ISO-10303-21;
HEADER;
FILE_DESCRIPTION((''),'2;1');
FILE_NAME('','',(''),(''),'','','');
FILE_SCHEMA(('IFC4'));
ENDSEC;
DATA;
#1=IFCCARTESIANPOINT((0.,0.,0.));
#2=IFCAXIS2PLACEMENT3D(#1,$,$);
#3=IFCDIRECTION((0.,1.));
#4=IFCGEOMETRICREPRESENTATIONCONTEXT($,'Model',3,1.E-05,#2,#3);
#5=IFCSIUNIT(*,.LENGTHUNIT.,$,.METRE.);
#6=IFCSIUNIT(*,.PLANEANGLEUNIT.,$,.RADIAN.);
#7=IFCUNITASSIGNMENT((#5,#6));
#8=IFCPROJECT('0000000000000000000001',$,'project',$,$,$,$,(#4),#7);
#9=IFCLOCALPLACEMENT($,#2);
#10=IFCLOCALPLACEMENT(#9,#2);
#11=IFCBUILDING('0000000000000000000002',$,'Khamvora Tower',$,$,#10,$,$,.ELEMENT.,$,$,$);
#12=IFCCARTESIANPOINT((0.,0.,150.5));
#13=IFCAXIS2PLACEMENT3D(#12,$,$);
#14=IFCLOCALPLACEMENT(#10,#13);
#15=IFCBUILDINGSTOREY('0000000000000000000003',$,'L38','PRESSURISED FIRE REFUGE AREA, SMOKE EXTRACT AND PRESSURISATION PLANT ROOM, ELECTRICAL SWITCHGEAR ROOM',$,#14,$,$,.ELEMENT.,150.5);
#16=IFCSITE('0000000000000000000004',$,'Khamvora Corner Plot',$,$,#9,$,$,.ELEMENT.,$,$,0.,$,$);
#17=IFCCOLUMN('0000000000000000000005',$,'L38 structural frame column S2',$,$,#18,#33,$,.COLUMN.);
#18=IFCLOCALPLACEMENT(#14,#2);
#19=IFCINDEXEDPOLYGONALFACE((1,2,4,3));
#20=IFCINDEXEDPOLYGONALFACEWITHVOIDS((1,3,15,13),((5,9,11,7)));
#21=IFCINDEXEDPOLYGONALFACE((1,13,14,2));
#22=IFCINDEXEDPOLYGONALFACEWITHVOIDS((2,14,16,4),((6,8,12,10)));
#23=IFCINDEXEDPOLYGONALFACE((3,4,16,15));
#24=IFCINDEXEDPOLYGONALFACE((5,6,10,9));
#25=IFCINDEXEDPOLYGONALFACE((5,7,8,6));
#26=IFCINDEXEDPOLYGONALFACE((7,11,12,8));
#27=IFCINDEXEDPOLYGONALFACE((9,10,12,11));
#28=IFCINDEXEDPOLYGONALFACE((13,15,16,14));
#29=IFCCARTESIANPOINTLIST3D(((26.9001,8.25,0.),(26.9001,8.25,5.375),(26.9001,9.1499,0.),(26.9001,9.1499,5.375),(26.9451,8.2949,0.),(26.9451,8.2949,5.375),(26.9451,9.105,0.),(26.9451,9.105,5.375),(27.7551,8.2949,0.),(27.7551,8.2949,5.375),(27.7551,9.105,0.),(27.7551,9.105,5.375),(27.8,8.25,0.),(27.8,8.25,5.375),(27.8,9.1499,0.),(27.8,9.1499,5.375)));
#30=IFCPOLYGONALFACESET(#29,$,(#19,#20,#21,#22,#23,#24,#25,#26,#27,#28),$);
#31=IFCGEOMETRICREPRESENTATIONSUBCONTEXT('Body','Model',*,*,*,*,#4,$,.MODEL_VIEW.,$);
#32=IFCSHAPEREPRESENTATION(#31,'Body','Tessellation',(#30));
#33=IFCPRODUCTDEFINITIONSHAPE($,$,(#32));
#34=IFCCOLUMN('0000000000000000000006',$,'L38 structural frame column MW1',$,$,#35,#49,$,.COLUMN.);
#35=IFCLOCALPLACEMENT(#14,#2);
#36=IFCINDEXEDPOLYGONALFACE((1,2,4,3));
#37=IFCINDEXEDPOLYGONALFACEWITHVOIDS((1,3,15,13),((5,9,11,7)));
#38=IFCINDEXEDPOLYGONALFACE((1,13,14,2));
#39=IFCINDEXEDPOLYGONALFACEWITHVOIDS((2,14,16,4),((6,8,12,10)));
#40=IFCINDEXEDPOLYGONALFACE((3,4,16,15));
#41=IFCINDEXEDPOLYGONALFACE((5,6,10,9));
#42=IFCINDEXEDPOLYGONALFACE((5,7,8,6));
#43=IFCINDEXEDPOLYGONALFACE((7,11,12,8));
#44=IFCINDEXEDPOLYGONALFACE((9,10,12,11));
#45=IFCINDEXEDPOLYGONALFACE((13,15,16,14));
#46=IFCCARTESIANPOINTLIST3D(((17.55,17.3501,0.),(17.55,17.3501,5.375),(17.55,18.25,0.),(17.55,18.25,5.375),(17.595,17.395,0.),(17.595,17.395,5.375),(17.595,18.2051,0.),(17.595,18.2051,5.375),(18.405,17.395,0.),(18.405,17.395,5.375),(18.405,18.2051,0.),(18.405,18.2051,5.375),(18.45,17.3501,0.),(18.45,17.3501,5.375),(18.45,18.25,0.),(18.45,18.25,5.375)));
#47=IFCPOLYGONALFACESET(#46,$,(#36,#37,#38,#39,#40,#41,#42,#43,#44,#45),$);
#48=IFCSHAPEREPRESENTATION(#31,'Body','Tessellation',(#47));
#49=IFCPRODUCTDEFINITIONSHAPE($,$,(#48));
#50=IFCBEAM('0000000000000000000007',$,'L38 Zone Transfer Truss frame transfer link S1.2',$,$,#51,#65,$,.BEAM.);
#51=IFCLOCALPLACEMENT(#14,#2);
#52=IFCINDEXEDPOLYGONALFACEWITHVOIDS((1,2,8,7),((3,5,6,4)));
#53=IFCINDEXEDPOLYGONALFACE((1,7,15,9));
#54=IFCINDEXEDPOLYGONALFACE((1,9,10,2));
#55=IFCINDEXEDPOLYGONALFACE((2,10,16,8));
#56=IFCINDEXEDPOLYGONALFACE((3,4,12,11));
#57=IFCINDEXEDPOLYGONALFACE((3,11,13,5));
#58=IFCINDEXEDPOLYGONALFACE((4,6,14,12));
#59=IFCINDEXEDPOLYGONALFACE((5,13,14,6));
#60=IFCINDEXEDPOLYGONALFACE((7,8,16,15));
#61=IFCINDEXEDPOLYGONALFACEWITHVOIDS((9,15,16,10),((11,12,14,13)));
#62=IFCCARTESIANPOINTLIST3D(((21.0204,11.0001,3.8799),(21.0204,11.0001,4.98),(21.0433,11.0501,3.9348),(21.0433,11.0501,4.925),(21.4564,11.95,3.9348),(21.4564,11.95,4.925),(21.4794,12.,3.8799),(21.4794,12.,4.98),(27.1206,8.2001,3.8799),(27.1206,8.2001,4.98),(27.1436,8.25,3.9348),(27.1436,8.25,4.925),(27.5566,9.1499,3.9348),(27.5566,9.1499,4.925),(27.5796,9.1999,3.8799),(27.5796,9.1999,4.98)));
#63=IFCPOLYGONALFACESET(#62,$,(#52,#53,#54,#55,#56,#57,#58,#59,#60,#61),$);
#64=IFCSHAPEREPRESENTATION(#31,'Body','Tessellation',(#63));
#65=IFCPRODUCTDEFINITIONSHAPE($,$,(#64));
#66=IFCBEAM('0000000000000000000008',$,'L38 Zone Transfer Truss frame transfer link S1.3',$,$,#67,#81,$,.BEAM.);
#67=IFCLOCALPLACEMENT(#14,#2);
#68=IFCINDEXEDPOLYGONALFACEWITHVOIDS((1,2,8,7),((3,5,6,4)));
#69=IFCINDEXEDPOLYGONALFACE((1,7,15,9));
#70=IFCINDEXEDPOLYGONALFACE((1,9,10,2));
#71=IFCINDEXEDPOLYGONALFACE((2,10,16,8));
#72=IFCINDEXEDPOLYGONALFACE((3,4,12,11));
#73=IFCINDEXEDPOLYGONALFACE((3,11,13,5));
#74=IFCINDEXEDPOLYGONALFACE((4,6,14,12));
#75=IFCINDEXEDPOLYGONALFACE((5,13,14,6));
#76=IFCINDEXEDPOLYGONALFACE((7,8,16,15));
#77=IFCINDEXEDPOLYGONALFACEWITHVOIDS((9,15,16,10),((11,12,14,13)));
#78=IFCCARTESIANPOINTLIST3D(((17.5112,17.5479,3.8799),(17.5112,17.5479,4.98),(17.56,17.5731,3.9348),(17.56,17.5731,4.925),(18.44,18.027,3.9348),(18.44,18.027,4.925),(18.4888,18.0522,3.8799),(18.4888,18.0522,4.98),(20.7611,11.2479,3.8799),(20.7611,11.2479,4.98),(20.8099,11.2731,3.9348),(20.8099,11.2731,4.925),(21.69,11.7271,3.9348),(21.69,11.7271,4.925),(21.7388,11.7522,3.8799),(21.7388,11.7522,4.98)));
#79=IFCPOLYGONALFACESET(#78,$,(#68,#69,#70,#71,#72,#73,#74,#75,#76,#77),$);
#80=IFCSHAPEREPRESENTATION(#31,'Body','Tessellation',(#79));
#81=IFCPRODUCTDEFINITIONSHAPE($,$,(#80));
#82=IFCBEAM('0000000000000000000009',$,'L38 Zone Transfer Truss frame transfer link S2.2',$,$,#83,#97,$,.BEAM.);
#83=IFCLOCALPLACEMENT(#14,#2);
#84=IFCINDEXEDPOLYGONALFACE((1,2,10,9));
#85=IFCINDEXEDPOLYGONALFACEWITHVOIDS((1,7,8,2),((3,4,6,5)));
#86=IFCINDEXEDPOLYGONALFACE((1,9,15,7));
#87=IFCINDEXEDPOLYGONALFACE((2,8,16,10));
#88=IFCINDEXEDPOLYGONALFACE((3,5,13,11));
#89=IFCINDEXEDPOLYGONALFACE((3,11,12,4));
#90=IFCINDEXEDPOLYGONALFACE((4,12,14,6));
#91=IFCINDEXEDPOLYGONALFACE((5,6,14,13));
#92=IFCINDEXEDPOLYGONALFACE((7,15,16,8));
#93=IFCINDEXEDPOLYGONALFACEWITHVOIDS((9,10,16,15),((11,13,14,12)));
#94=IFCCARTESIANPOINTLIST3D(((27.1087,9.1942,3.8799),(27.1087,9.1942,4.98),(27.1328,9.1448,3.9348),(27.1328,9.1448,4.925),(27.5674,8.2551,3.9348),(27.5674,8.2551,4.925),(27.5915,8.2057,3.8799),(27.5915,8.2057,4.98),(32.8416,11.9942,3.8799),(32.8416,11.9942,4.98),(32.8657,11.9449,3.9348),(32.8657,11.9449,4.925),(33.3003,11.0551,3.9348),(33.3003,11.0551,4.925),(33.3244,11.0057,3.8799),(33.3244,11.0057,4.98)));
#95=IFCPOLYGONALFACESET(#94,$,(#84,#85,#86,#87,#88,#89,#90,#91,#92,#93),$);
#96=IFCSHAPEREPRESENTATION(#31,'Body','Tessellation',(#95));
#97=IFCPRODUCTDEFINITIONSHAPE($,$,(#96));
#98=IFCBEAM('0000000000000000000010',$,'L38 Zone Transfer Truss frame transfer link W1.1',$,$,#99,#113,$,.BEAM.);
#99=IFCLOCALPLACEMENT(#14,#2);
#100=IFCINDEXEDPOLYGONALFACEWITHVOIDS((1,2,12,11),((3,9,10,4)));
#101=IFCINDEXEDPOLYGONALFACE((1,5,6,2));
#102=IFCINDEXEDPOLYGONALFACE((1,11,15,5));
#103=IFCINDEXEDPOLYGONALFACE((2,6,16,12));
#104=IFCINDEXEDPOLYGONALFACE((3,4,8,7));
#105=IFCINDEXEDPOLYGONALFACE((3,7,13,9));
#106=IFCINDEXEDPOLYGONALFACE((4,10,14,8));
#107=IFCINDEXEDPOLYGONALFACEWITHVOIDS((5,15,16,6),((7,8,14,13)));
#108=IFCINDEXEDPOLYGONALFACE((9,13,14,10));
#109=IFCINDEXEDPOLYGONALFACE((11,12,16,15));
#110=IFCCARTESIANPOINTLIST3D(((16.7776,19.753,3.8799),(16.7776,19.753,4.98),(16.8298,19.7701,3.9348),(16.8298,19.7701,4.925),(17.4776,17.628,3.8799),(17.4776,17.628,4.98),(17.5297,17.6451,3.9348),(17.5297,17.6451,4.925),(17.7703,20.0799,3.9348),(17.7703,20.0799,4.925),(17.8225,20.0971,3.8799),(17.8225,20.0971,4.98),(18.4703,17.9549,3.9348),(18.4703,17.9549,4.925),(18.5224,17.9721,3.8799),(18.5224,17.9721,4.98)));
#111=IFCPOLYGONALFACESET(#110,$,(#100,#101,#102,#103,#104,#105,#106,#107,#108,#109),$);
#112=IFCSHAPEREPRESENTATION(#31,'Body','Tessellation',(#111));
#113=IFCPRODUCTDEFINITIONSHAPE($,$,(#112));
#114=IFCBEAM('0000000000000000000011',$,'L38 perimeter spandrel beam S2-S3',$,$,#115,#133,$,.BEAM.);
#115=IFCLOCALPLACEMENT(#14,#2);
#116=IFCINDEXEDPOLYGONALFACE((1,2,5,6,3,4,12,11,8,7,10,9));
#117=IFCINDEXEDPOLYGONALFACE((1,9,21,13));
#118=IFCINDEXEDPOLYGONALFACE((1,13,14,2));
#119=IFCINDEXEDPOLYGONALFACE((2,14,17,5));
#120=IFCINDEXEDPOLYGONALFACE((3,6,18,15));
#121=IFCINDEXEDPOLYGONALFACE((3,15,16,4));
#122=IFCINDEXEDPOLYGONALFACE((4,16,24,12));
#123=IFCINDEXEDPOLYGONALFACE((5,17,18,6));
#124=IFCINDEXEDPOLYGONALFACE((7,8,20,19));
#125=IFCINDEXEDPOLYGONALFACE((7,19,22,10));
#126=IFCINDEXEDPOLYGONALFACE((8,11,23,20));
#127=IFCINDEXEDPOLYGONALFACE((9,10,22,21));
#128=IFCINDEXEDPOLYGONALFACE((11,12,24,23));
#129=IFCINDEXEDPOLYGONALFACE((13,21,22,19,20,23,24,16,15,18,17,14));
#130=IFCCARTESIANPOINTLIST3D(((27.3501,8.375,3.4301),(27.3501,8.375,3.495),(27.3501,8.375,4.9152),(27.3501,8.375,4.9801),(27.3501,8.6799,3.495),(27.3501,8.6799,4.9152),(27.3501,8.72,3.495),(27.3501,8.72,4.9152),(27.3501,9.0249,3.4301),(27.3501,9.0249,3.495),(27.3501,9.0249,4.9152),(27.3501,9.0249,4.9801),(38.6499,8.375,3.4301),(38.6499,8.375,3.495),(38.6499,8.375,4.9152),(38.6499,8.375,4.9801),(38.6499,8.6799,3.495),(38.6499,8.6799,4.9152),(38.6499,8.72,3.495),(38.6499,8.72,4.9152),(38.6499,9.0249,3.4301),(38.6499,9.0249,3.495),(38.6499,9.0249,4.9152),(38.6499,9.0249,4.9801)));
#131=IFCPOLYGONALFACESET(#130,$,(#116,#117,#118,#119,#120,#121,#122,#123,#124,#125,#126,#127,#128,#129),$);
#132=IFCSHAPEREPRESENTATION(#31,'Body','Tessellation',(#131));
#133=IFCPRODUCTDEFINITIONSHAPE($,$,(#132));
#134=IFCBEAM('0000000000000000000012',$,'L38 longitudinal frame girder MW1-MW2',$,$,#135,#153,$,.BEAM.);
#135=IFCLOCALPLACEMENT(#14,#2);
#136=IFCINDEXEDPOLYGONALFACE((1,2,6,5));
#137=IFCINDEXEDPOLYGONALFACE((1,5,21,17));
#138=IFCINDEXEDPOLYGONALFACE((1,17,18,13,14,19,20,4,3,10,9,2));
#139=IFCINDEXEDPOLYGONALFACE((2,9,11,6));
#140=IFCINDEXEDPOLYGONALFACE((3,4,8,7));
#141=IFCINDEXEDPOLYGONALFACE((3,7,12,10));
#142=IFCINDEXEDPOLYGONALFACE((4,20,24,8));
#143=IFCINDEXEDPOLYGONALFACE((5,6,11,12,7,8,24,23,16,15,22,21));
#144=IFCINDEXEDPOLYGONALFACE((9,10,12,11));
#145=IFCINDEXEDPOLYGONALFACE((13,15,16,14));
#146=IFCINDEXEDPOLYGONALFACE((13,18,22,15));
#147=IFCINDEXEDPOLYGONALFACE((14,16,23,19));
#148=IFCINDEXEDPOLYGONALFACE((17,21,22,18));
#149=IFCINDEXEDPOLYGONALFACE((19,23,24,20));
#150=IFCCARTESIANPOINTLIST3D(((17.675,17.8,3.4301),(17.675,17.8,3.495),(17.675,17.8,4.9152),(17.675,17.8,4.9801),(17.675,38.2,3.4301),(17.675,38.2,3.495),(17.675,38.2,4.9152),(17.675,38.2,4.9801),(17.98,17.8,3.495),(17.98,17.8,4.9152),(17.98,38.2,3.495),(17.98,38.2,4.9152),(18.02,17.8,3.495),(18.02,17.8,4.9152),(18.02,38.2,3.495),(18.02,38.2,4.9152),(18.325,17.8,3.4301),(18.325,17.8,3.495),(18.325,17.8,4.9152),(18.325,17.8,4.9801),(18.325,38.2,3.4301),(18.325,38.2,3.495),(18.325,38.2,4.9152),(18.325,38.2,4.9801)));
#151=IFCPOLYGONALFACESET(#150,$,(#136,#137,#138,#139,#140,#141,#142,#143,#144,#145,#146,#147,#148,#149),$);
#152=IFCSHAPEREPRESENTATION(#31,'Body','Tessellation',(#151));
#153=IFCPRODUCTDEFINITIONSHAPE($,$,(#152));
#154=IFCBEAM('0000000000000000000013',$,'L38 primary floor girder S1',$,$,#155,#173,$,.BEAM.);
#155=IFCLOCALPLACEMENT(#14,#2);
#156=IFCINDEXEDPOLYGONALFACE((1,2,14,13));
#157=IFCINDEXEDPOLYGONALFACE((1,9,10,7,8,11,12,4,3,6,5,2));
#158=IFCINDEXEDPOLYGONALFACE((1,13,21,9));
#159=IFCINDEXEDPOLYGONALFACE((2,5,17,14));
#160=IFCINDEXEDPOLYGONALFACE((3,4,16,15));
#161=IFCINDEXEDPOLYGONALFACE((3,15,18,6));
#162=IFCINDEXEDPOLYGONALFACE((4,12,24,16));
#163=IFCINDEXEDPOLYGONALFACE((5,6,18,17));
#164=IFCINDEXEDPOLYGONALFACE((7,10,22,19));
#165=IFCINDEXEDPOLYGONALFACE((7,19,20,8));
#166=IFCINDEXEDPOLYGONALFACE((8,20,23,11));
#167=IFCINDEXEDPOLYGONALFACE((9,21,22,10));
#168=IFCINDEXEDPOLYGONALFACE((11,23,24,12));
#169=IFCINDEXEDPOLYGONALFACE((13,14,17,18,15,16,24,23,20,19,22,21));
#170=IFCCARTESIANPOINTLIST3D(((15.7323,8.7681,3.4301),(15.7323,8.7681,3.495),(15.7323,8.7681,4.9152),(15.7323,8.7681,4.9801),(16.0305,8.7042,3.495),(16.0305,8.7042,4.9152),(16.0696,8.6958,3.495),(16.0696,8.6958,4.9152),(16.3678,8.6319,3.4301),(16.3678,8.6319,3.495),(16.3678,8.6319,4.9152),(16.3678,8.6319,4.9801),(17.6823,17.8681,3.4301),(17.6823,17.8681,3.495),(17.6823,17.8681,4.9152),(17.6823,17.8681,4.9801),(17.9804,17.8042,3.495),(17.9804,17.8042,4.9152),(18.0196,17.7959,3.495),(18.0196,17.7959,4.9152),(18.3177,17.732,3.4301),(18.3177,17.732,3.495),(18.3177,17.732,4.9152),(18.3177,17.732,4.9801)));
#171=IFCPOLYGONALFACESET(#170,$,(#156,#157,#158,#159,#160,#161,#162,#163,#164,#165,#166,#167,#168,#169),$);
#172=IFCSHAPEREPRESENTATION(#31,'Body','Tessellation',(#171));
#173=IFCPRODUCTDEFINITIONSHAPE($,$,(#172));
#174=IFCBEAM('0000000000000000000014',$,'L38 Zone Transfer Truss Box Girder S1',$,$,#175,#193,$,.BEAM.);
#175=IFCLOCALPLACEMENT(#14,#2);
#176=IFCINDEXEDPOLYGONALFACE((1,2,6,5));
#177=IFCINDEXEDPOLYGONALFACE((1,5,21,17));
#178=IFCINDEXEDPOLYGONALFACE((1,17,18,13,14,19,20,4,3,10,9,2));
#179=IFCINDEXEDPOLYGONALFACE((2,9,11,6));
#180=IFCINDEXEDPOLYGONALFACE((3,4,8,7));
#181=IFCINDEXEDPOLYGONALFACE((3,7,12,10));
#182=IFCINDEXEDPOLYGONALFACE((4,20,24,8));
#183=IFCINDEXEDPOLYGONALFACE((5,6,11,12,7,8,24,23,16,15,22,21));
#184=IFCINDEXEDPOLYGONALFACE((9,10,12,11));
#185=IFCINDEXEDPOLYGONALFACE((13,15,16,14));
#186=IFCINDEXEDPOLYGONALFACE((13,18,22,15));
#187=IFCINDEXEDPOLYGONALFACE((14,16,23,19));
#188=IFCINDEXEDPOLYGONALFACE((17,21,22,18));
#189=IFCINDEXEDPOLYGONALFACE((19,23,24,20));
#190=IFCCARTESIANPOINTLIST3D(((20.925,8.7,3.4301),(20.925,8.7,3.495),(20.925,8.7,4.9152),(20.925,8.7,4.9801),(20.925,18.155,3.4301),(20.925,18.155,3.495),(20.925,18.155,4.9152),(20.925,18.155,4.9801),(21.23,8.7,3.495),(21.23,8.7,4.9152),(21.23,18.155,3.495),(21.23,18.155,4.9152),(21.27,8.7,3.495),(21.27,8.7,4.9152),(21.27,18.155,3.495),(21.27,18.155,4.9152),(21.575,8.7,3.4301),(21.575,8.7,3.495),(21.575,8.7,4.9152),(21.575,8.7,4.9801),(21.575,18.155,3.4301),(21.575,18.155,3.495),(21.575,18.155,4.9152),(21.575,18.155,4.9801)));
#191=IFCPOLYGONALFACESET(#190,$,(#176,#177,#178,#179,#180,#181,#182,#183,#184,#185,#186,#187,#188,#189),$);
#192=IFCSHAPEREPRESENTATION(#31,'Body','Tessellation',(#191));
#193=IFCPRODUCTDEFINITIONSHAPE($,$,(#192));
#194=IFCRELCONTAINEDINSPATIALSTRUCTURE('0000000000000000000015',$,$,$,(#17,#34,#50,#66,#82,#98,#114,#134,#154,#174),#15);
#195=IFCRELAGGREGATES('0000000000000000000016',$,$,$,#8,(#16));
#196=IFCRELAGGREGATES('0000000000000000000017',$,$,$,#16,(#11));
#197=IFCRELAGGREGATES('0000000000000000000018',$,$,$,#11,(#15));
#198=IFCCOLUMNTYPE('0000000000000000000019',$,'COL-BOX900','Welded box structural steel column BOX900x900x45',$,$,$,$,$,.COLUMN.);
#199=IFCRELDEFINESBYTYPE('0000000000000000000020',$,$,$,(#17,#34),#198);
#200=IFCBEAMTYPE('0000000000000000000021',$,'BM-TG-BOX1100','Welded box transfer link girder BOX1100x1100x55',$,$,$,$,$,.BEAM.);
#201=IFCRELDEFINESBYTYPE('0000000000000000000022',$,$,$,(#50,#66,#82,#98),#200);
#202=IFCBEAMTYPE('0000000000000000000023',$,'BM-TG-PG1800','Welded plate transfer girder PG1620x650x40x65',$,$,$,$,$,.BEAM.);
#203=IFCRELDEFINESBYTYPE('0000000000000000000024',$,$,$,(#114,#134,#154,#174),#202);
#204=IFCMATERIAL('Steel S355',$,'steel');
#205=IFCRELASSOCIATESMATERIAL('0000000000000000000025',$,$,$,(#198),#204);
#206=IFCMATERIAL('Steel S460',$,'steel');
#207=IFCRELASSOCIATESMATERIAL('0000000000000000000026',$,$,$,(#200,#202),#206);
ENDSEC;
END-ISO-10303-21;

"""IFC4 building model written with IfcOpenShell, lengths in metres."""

from ifc_helpers import new_model, si_unit, direction, frame, origin, origin_2d, place, context, subcontext, project, spatial, hollow_rectangle, i_section, extrude, material, material_profile, profile_set, type_object, element, save


model = new_model("IFC4")

# Units and contexts
model_context = context("Model", 3, precision=1e-05, world=origin(), true_north=direction((0.0, 1.0)))
body_context = subcontext(model_context, "Body", "Model", "MODEL_VIEW")
ifc_project = project(units=[si_unit("LENGTHUNIT", "METRE"), si_unit("PLANEANGLEUNIT", "RADIAN")], contexts=[model_context])

# Site, building, storey
site_placement = place(None, origin())
site = spatial("IfcSite", under=ifc_project, at=site_placement, Name="Khamvora Corner Plot", CompositionType="ELEMENT", RefElevation=0.0)
building_placement = place(site_placement, origin())
building = spatial("IfcBuilding", under=site, at=building_placement, Name="Khamvora Tower", CompositionType="ELEMENT")
storey_placement = place(building_placement, frame((0.0, 0.0, 150.5)))
storey = spatial("IfcBuildingStorey", under=building, at=storey_placement, Name="L38", Description="PRESSURISED FIRE REFUGE AREA, SMOKE EXTRACT AND PRESSURISATION PLANT ROOM, ELECTRICAL SWITCHGEAR ROOM", CompositionType="ELEMENT", Elevation=150.5)

# Columns
ifc_material_1 = material(Name="Steel S355", Category="steel")
ifc_material_profile_1 = material_profile(ifc_material_1, hollow_rectangle(XDim=0.8999, YDim=0.8999, WallThickness=0.0449, at=origin_2d()), Name="BOX900x900x45")
ifc_profile_set_1 = profile_set([ifc_material_profile_1], Name="Steel S355")
column_type = type_object("IfcColumnType", Name="COL-BOX900", Description="Welded box structural steel column BOX900x900x45", PredefinedType="COLUMN", material=ifc_profile_set_1)
for number, where, z_axis, x_axis, name in (
    (1, (27.3501, 8.7, 0.0), (0.0, 0.0, 1.0), (1.0, 0.0, 0.0), "L38 structural frame column S2"),
    (2, (18.0, 17.8, 0.0), (0.0, 0.0, 1.0), (1.0, 0.0, 0.0), "L38 structural frame column MW1"),
):
    element("IfcColumn", number, at=place(storey_placement, frame(where, z_axis=z_axis, x_axis=x_axis)), inside=storey, type_object=column_type, Name=name, PredefinedType="COLUMN", context=body_context, shape_type="SweptSolid", body=[
        extrude(hollow_rectangle(XDim=0.8999, YDim=0.8999, WallThickness=0.0449, at=origin_2d()), origin(), (0.0, 0.0, 1.0), 5.375),
    ])

# Beams
ifc_material_2 = material(Name="Steel S460", Category="steel")
ifc_material_profile_2 = material_profile(ifc_material_2, hollow_rectangle(XDim=1.1001, YDim=1.1001, WallThickness=0.0549, at=origin_2d()), Name="BOX1100x1100x55")
ifc_profile_set_2 = profile_set([ifc_material_profile_2], Name="Steel S460")
beam_type_1 = type_object("IfcBeamType", Name="BM-TG-BOX1100", Description="Welded box transfer link girder BOX1100x1100x55", PredefinedType="BEAM", material=ifc_profile_set_2)
beam_1_placement = place(storey_placement, frame((27.3501, 8.7, 4.4299), z_axis=(-0.908829, 0.417168, 0.0), x_axis=(-0.417168, -0.908829, 0.0)))
element("IfcBeam", 3, at=beam_1_placement, inside=storey, type_object=beam_type_1, Name="L38 Zone Transfer Truss frame transfer link S1.2", PredefinedType="BEAM", context=body_context, shape_type="SweptSolid", body=[
    extrude(hollow_rectangle(XDim=1.1001, YDim=1.1001, WallThickness=0.0549, at=origin_2d()), origin(), (0.0, 0.0, 1.0), 6.7122),
])
beam_2_placement = place(storey_placement, frame((18.0, 17.8, 4.4299), z_axis=(0.45846, -0.888715, 0.0), x_axis=(0.888715, 0.45846, 0.0)))
element("IfcBeam", 4, at=beam_2_placement, inside=storey, type_object=beam_type_1, Name="L38 Zone Transfer Truss frame transfer link S1.3", PredefinedType="BEAM", context=body_context, shape_type="SweptSolid", body=[
    extrude(hollow_rectangle(XDim=1.1001, YDim=1.1001, WallThickness=0.0549, at=origin_2d()), origin(), (0.0, 0.0, 1.0), 7.0889),
])
beam_3_placement = place(storey_placement, frame((27.3501, 8.7, 4.4299), z_axis=(0.898552, 0.438868, 0.0), x_axis=(-0.438868, 0.898552, 0.0)))
element("IfcBeam", 5, at=beam_3_placement, inside=storey, type_object=beam_type_1, Name="L38 Zone Transfer Truss frame transfer link S2.2", PredefinedType="BEAM", context=body_context, shape_type="SweptSolid", body=[
    extrude(hollow_rectangle(XDim=1.1001, YDim=1.1001, WallThickness=0.0549, at=origin_2d()), origin(), (0.0, 0.0, 1.0), 6.3801),
])
beam_4_placement = place(storey_placement, frame((18.0, 17.8, 4.4299), z_axis=(-0.312854, 0.949801, 0.0), x_axis=(-0.949801, -0.312854, 0.0)))
element("IfcBeam", 6, at=beam_4_placement, inside=storey, type_object=beam_type_1, Name="L38 Zone Transfer Truss frame transfer link W1.1", PredefinedType="BEAM", context=body_context, shape_type="SweptSolid", body=[
    extrude(hollow_rectangle(XDim=1.1001, YDim=1.1001, WallThickness=0.0549, at=origin_2d()), origin(), (0.0, 0.0, 1.0), 2.2373),
])
ifc_material_profile_3 = material_profile(ifc_material_2, i_section(OverallWidth=0.6499, OverallDepth=1.55, WebThickness=0.04, FlangeThickness=0.0649, at=origin_2d()), Name="PG1550x650x40x65")
ifc_profile_set_3 = profile_set([ifc_material_profile_3], Name="Steel S460")
beam_type_2 = type_object("IfcBeamType", Name="BM-TG-PG1800", Description="Welded plate transfer girder PG1620x650x40x65", PredefinedType="BEAM", material=ifc_profile_set_3)
beam_5_placement = place(storey_placement, frame((27.3501, 8.7, 4.2051), z_axis=(1.0, 0.0, 0.0), x_axis=(0.0, 1.0, 0.0)))
element("IfcBeam", 7, at=beam_5_placement, inside=storey, type_object=beam_type_2, Name="L38 perimeter spandrel beam S2-S3", PredefinedType="BEAM", context=body_context, shape_type="SweptSolid", body=[
    extrude(i_section(OverallWidth=0.6499, OverallDepth=1.55, WebThickness=0.04, FlangeThickness=0.0649, at=origin_2d()), origin(), (0.0, 0.0, 1.0), 11.2998),
])
beam_6_placement = place(storey_placement, frame((18.0, 17.8, 4.2051), z_axis=(0.0, 1.0, 0.0), x_axis=(-1.0, 0.0, 0.0)))
element("IfcBeam", 8, at=beam_6_placement, inside=storey, type_object=beam_type_2, Name="L38 longitudinal frame girder MW1-MW2", PredefinedType="BEAM", context=body_context, shape_type="SweptSolid", body=[
    extrude(i_section(OverallWidth=0.6499, OverallDepth=1.55, WebThickness=0.04, FlangeThickness=0.0649, at=origin_2d()), origin(), (0.0, 0.0, 1.0), 20.3999),
])
beam_7_placement = place(storey_placement, frame((18.0, 17.8, 4.2051), z_axis=(-0.209522, -0.977804, 0.0), x_axis=(0.977804, -0.209522, 0.0)))
element("IfcBeam", 9, at=beam_7_placement, inside=storey, type_object=beam_type_2, Name="L38 primary floor girder S1", PredefinedType="BEAM", context=body_context, shape_type="SweptSolid", body=[
    extrude(i_section(OverallWidth=0.6499, OverallDepth=1.55, WebThickness=0.04, FlangeThickness=0.0649, at=origin_2d()), origin(), (0.0, 0.0, 1.0), 9.3066),
])
beam_8_placement = place(storey_placement, frame((21.25, 8.7, 4.2051), z_axis=(0.0, 1.0, 0.0), x_axis=(-1.0, 0.0, 0.0)))
element("IfcBeam", 10, at=beam_8_placement, inside=storey, type_object=beam_type_2, Name="L38 Zone Transfer Truss Box Girder S1", PredefinedType="BEAM", context=body_context, shape_type="SweptSolid", body=[
    extrude(i_section(OverallWidth=0.6499, OverallDepth=1.55, WebThickness=0.04, FlangeThickness=0.0649, at=origin_2d()), origin(), (0.0, 0.0, 1.0), 9.4551),
])

save(model, "model.ifc")
